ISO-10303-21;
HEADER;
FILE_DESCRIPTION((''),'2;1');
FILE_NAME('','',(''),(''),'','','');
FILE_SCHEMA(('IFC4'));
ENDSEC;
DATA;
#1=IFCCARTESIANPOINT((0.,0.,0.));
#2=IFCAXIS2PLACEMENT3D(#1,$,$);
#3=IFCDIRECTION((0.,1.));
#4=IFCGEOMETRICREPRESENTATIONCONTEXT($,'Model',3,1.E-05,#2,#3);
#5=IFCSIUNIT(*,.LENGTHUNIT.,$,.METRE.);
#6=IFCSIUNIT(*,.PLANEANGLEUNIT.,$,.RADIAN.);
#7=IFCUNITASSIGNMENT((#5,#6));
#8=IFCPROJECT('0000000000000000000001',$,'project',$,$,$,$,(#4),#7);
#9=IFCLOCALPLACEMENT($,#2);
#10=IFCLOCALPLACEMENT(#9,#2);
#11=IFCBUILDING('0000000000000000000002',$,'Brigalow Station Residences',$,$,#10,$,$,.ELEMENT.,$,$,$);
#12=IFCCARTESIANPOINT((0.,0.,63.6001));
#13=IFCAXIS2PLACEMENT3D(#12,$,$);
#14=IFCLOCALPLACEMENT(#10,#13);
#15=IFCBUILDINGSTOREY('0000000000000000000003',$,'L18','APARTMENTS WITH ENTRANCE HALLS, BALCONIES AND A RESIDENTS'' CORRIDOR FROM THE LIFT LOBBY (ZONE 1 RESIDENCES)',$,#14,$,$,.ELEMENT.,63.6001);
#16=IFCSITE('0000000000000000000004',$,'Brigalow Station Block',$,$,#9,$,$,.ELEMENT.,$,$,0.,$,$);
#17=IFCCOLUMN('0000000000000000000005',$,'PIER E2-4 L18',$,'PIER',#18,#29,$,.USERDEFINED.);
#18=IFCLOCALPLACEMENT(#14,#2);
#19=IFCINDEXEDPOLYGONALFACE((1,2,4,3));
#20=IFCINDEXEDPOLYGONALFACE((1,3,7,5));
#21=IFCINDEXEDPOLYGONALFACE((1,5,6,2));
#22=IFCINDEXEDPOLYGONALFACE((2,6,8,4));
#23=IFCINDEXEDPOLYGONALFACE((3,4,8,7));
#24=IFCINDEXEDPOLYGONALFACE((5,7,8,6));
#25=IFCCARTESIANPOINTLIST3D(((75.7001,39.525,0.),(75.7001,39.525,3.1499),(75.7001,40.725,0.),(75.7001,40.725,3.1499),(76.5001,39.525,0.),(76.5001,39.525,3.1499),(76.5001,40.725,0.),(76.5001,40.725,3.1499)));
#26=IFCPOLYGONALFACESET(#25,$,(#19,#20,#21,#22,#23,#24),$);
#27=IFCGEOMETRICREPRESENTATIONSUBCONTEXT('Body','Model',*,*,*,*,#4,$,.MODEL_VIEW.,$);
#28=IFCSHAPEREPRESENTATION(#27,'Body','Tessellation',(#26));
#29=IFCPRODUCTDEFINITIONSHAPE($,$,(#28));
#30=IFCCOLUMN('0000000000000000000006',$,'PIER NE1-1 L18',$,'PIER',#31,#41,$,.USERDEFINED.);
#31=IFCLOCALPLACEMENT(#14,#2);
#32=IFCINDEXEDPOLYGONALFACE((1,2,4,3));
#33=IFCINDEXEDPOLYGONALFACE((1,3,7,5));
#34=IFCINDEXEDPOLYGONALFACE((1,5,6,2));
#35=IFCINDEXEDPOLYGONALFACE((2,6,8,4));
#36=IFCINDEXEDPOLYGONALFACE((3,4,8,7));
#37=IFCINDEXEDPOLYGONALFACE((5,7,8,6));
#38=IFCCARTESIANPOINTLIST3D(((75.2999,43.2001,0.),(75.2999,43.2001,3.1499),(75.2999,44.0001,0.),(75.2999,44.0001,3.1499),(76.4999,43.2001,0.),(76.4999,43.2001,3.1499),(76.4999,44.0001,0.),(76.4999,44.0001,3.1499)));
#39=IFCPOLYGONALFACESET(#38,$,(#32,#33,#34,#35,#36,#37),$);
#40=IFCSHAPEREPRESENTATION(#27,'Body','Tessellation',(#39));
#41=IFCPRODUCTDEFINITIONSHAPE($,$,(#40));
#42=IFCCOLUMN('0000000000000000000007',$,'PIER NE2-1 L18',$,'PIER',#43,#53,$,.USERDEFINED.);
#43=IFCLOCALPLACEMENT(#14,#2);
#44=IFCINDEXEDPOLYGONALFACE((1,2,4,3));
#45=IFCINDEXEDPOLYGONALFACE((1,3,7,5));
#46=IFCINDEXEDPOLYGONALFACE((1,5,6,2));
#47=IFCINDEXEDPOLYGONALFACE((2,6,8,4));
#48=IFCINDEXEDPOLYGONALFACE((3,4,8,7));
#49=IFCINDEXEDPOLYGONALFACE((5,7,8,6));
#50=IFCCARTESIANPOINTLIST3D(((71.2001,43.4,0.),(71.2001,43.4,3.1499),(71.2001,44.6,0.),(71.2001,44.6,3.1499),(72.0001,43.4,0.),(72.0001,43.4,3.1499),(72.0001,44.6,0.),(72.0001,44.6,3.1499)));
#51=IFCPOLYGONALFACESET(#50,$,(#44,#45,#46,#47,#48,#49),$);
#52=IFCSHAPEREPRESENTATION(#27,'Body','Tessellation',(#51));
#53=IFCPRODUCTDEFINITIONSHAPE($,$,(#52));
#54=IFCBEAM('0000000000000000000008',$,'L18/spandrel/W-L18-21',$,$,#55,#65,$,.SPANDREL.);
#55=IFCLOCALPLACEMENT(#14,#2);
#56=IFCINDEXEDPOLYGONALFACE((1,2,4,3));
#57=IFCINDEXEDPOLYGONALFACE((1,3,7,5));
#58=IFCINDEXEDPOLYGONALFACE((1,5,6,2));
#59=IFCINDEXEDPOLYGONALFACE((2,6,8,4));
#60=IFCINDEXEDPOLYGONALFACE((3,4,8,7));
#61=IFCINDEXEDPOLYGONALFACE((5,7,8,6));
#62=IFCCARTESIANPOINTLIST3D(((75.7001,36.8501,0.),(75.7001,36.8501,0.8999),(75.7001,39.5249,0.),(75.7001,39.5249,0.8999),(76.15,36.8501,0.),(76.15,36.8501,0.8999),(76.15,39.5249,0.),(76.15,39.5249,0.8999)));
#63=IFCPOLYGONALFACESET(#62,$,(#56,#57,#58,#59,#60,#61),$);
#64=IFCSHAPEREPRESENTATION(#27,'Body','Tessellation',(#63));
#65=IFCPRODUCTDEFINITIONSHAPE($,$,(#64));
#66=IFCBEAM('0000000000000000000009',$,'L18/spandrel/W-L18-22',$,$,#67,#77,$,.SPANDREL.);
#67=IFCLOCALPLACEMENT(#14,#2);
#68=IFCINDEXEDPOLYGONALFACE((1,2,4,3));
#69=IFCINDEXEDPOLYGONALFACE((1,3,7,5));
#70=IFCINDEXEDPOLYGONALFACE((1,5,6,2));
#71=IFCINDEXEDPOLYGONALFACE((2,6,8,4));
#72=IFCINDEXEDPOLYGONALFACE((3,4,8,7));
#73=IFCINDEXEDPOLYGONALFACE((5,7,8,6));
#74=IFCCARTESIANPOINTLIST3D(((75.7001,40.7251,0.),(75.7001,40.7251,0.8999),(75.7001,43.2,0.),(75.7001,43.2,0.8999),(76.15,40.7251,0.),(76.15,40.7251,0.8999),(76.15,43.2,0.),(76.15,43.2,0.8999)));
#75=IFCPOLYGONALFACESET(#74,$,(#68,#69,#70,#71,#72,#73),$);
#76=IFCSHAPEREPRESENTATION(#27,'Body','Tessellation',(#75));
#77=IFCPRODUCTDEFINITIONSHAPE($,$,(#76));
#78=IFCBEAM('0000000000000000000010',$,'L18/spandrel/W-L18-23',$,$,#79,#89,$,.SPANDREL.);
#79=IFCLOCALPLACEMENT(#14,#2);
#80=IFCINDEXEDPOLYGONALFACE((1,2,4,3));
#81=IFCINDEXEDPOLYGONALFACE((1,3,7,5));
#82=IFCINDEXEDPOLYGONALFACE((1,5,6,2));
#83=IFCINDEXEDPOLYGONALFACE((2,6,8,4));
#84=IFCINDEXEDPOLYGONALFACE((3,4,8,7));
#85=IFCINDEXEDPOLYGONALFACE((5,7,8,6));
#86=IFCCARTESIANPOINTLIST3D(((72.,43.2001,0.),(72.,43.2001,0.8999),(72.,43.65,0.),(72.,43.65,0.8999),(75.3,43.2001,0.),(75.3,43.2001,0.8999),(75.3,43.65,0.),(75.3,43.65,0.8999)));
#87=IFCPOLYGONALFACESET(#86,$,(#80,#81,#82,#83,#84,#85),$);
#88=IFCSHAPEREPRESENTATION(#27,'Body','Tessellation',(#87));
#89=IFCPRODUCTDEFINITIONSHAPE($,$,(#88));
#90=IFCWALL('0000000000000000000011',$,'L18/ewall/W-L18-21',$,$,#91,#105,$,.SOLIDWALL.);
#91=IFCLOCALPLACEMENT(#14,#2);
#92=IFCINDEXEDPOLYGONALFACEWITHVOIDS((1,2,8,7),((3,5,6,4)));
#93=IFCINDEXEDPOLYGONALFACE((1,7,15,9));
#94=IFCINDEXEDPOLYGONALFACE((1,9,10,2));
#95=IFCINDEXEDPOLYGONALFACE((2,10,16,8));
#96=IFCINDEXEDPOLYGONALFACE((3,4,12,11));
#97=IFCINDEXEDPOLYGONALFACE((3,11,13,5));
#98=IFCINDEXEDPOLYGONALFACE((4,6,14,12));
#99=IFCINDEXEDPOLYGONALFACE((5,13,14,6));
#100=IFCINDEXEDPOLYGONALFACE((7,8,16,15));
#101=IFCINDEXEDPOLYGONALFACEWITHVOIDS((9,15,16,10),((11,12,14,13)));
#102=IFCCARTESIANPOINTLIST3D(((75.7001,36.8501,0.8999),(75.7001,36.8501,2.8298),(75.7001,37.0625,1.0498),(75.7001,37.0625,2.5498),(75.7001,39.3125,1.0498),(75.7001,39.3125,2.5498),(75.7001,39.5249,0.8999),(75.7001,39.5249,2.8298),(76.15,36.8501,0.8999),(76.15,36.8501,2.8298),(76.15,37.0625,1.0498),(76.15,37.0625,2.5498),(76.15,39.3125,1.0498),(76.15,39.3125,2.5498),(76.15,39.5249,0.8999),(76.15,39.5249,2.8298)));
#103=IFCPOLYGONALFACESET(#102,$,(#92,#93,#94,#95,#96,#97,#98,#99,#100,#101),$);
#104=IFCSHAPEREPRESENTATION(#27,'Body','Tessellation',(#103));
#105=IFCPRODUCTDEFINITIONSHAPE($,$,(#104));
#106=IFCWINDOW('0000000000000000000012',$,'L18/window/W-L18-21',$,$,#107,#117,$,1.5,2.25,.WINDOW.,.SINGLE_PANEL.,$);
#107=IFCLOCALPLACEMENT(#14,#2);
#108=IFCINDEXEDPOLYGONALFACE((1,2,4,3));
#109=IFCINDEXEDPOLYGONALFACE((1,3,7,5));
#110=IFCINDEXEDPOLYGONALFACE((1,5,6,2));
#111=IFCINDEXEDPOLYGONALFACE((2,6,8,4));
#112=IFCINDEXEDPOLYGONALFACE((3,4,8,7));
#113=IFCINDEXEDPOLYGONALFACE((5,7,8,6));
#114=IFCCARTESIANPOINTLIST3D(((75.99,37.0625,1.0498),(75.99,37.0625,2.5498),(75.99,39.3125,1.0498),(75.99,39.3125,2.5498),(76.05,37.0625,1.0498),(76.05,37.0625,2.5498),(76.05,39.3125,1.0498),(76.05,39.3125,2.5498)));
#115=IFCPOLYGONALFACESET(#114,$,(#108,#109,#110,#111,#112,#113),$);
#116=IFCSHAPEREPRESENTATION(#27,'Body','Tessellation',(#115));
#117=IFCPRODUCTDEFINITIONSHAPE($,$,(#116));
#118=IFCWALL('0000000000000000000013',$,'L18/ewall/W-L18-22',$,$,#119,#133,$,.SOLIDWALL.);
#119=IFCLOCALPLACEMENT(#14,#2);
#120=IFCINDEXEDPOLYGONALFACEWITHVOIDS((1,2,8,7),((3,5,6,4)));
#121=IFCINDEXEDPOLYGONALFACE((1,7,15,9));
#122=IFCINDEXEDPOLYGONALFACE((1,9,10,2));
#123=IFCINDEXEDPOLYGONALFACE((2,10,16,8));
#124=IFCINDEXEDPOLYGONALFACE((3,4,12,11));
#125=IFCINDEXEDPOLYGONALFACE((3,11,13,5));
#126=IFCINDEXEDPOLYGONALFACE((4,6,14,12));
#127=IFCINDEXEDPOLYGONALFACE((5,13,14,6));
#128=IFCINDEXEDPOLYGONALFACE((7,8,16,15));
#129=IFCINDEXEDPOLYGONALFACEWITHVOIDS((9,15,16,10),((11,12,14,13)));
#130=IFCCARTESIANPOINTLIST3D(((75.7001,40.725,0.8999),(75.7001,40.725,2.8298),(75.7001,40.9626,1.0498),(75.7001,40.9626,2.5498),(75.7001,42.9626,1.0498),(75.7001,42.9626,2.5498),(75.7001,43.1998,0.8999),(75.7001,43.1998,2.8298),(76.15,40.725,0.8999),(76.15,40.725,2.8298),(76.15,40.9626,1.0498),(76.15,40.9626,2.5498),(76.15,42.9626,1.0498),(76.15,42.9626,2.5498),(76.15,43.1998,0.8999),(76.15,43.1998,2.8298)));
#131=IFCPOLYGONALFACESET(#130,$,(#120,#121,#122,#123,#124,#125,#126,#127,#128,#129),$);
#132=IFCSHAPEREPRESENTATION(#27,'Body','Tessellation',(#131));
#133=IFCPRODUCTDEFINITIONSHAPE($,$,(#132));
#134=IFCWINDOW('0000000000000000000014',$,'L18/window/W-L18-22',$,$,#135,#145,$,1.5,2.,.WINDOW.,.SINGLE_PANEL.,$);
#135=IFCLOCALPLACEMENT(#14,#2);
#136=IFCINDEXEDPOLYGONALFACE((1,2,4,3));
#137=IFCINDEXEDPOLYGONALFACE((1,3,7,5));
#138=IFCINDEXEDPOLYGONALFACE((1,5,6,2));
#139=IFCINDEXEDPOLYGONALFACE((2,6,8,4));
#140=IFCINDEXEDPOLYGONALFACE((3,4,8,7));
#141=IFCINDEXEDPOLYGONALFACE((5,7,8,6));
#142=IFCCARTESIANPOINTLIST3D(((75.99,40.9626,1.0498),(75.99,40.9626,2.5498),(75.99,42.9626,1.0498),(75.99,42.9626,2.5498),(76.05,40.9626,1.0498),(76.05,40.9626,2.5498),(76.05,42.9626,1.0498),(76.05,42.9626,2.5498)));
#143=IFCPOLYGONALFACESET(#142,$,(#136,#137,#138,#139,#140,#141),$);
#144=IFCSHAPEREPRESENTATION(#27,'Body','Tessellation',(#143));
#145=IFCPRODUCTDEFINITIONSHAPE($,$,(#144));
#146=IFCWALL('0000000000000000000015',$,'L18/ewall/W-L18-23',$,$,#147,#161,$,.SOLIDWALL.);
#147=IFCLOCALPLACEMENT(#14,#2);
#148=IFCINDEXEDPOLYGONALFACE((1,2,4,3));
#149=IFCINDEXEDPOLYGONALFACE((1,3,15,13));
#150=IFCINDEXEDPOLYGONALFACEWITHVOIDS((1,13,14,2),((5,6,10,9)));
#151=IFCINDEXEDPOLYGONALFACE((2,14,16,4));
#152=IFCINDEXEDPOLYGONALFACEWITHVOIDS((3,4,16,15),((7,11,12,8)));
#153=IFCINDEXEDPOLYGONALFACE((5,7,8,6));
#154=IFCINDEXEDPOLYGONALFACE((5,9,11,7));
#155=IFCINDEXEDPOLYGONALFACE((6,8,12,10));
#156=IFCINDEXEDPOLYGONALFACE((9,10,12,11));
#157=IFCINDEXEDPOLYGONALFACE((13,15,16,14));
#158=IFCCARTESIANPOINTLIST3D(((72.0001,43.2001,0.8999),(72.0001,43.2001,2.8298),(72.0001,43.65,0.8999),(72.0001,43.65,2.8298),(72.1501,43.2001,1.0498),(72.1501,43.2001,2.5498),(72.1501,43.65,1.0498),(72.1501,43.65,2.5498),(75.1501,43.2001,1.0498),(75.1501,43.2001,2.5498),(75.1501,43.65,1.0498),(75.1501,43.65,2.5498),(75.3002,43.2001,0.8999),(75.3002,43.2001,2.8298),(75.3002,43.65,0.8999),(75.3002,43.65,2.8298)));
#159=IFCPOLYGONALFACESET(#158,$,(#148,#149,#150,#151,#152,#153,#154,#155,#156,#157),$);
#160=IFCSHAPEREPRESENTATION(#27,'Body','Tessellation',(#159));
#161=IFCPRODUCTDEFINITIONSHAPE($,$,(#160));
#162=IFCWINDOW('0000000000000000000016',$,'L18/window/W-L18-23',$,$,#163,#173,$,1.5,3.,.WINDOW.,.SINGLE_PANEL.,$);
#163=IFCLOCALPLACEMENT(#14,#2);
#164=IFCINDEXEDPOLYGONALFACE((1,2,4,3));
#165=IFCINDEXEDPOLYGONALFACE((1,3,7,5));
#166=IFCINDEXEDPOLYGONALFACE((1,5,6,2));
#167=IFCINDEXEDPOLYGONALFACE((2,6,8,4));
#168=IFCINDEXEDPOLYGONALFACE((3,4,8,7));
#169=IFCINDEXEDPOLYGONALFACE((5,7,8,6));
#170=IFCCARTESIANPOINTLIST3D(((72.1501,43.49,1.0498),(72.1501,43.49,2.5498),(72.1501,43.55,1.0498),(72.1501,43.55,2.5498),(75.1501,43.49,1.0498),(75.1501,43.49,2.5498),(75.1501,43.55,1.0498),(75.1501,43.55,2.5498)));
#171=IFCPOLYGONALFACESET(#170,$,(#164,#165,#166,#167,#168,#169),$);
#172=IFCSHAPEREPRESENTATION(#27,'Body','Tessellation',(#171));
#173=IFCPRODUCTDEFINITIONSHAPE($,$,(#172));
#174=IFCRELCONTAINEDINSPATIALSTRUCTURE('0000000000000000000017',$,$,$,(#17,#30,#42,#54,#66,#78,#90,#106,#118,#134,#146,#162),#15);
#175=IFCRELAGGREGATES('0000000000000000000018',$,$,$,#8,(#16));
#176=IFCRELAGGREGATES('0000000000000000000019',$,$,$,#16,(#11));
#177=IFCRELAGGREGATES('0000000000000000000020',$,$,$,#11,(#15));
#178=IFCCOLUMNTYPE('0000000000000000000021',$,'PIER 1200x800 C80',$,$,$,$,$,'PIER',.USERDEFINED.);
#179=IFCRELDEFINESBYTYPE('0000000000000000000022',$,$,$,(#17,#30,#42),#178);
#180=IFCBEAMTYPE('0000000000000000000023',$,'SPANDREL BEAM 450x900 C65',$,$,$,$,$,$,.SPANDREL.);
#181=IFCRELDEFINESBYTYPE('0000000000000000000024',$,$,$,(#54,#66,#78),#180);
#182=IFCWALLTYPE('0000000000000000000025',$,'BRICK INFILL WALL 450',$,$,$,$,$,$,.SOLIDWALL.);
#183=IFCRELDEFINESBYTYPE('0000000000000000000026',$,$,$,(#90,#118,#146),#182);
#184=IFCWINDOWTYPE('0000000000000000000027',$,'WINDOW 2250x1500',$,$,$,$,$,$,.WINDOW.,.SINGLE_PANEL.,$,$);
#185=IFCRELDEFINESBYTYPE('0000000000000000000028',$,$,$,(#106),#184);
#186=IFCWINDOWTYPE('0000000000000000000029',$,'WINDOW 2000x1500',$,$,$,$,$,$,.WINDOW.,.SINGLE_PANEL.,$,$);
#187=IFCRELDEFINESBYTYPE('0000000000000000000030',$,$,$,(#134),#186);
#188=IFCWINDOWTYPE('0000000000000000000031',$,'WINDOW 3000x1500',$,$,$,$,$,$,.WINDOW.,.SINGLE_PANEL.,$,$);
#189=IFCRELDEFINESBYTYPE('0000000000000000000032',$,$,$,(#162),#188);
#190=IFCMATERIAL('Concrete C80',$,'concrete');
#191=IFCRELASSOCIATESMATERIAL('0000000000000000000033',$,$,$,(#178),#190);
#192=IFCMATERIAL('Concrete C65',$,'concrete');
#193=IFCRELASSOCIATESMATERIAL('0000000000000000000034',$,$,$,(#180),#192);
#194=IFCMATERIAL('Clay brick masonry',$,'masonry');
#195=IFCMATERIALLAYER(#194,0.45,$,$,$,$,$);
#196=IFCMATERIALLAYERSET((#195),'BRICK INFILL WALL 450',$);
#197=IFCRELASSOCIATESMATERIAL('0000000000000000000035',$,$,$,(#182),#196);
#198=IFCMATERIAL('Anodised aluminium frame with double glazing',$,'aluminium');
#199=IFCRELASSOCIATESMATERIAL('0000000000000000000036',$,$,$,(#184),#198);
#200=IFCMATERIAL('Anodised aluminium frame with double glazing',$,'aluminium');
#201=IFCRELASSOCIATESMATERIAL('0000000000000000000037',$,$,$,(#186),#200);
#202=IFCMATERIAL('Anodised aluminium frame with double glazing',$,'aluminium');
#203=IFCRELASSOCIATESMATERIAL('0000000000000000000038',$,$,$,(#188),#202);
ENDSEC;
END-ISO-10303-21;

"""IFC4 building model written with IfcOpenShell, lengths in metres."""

from ifc_helpers import new_model, si_unit, direction, frame, frame_2d, origin, origin_2d, place, context, subcontext, project, spatial, rectangle, extrude, material, layer, layer_set, material_profile, profile_set, type_object, element, fill, save


model = new_model("IFC4")

# Units and contexts
model_context = context("Model", 3, precision=1e-05, world=origin(), true_north=direction((0.0, 1.0)))
body_context = subcontext(model_context, "Body", "Model", "MODEL_VIEW")
ifc_project = project(units=[si_unit("LENGTHUNIT", "METRE"), si_unit("PLANEANGLEUNIT", "RADIAN")], contexts=[model_context])

# Site, building, storey
site_placement = place(None, origin())
site = spatial("IfcSite", under=ifc_project, at=site_placement, Name="Brigalow Station Block", CompositionType="ELEMENT", RefElevation=0.0)
building_placement = place(site_placement, origin())
building = spatial("IfcBuilding", under=site, at=building_placement, Name="Brigalow Station Residences", CompositionType="ELEMENT")
storey_placement = place(building_placement, frame((0.0, 0.0, 63.6001)))
storey = spatial("IfcBuildingStorey", under=building, at=storey_placement, Name="L18", Description="APARTMENTS WITH ENTRANCE HALLS, BALCONIES AND A RESIDENTS' CORRIDOR FROM THE LIFT LOBBY (ZONE 1 RESIDENCES)", CompositionType="ELEMENT", Elevation=63.6001)

# Columns
ifc_material_1 = material(Name="Concrete C80", Category="concrete")
ifc_material_profile_1 = material_profile(ifc_material_1, rectangle(XDim=1.2, YDim=0.8, at=origin_2d()), Name="RC1200x800")
ifc_profile_set_1 = profile_set([ifc_material_profile_1], Name="Concrete C80")
column_type = type_object("IfcColumnType", Name="PIER 1200x800 C80", ElementType="PIER", PredefinedType="USERDEFINED", material=ifc_profile_set_1)
for number, where, z_axis, x_axis, name in (
    (1, (76.1001, 40.125, 0.0), (0.0, 0.0, 1.0), (0.0, 1.0, 0.0), "PIER E2-4 L18"),
    (2, (75.8999, 43.6001, 0.0), (0.0, 0.0, 1.0), (-1.0, 0.0, 0.0), "PIER NE1-1 L18"),
    (3, (71.6001, 44.0, 0.0), (0.0, 0.0, 1.0), (0.0, 1.0, 0.0), "PIER NE2-1 L18"),
):
    element("IfcColumn", number, at=place(storey_placement, frame(where, z_axis=z_axis, x_axis=x_axis)), inside=storey, type_object=column_type, Name=name, ObjectType="PIER", PredefinedType="USERDEFINED", context=body_context, shape_type="SweptSolid", body=[
        extrude(rectangle(XDim=1.2, YDim=0.8, at=origin_2d()), origin(), (0.0, 0.0, 1.0), 3.1499),
    ])

# Beams
ifc_material_2 = material(Name="Concrete C65", Category="concrete")
ifc_material_profile_2 = material_profile(ifc_material_2, rectangle(XDim=0.45, YDim=0.8999, at=origin_2d()), Name="RC450x900")
ifc_profile_set_2 = profile_set([ifc_material_profile_2], Name="Concrete C65")
beam_type = type_object("IfcBeamType", Name="SPANDREL BEAM 450x900 C65", PredefinedType="SPANDREL", material=ifc_profile_set_2)
beam_1_placement = place(storey_placement, frame((75.925, 36.8501, 0.45), z_axis=(0.0, 1.0, 0.0), x_axis=(-1.0, 0.0, 0.0)))
element("IfcBeam", 4, at=beam_1_placement, inside=storey, type_object=beam_type, Name="L18/spandrel/W-L18-21", PredefinedType="SPANDREL", context=body_context, shape_type="SweptSolid", body=[
    extrude(rectangle(XDim=0.45, YDim=0.8999, at=origin_2d()), origin(), (0.0, 0.0, 1.0), 2.6748),
])
beam_2_placement = place(storey_placement, frame((75.925, 40.7251, 0.45), z_axis=(0.0, 1.0, 0.0), x_axis=(-1.0, 0.0, 0.0)))
element("IfcBeam", 5, at=beam_2_placement, inside=storey, type_object=beam_type, Name="L18/spandrel/W-L18-22", PredefinedType="SPANDREL", context=body_context, shape_type="SweptSolid", body=[
    extrude(rectangle(XDim=0.45, YDim=0.8999, at=origin_2d()), origin(), (0.0, 0.0, 1.0), 2.4749),
])
beam_3_placement = place(storey_placement, frame((75.3, 43.425, 0.45), z_axis=(-1.0, 0.0, 0.0), x_axis=(0.0, -1.0, 0.0)))
element("IfcBeam", 6, at=beam_3_placement, inside=storey, type_object=beam_type, Name="L18/spandrel/W-L18-23", PredefinedType="SPANDREL", context=body_context, shape_type="SweptSolid", body=[
    extrude(rectangle(XDim=0.45, YDim=0.8999, at=origin_2d()), origin(), (0.0, 0.0, 1.0), 3.3),
])

# Walls, openings, windows
ifc_material_3 = material(Name="Clay brick masonry", Category="masonry")
ifc_layer_1 = layer(ifc_material_3, 0.45)
ifc_layer_set_1 = layer_set([ifc_layer_1], Name="BRICK INFILL WALL 450")
wall_type_1 = type_object("IfcWallType", Name="BRICK INFILL WALL 450", PredefinedType="SOLIDWALL", material=ifc_layer_set_1)
wall_1_placement = place(storey_placement, frame((75.925, 36.8501, 0.8999), z_axis=(0.0, 0.0, 1.0), x_axis=(0.0, 1.0, 0.0)))
wall_1 = element("IfcWall", 7, at=wall_1_placement, inside=storey, type_object=wall_type_1, Name="L18/ewall/W-L18-21", PredefinedType="SOLIDWALL", context=body_context, shape_type="SweptSolid", body=[
    extrude(rectangle(XDim=2.6748, YDim=0.45, at=frame_2d((1.3374, 0.0))), origin(), (0.0, 0.0, 1.0), 1.9299),
])
opening_1_placement = place(wall_1_placement, frame((0.2124, 0.0, 0.1499)))
opening_1 = element("IfcOpeningElement", 8, at=opening_1_placement, cuts=wall_1, PredefinedType="OPENING", context=body_context, shape_type="SweptSolid", body=[
    extrude(rectangle(XDim=2.25, YDim=1.5, at=frame_2d((1.125, 0.75))), frame((0.0, 0.2349, 0.0), z_axis=(0.0, -1.0, 0.0), x_axis=(1.0, 0.0, 0.0)), (0.0, 0.0, 1.0), 0.47),
])
ifc_material_4 = material(Name="Anodised aluminium frame with double glazing", Category="aluminium")
window_type_1 = type_object("IfcWindowType", Name="WINDOW 2250x1500", PartitioningType="SINGLE_PANEL", PredefinedType="WINDOW", material=ifc_material_4)
window_1_placement = place(opening_1_placement, origin())
window_1 = element("IfcWindow", 9, at=window_1_placement, inside=storey, type_object=window_type_1, Name="L18/window/W-L18-21", OverallHeight=1.5, OverallWidth=2.25, PartitioningType="SINGLE_PANEL", PredefinedType="WINDOW", context=body_context, shape_type="SweptSolid", body=[
    extrude(rectangle(XDim=2.25, YDim=1.5, at=frame_2d((1.125, 0.75))), frame((0.0, -0.0649, 0.0), z_axis=(0.0, -1.0, 0.0), x_axis=(1.0, 0.0, 0.0)), (0.0, 0.0, 1.0), 0.0601),
])
fill(opening_1, window_1)
wall_2_placement = place(storey_placement, frame((75.925, 40.7251, 0.8999), z_axis=(0.0, 0.0, 1.0), x_axis=(0.0, 1.0, 0.0)))
wall_2 = element("IfcWall", 10, at=wall_2_placement, inside=storey, type_object=wall_type_1, Name="L18/ewall/W-L18-22", PredefinedType="SOLIDWALL", context=body_context, shape_type="SweptSolid", body=[
    extrude(rectangle(XDim=2.4749, YDim=0.45, at=frame_2d((1.2373, 0.0))), origin(), (0.0, 0.0, 1.0), 1.9299),
])
opening_2_placement = place(wall_2_placement, frame((0.2375, 0.0, 0.1499)))
opening_2 = element("IfcOpeningElement", 11, at=opening_2_placement, cuts=wall_2, PredefinedType="OPENING", context=body_context, shape_type="SweptSolid", body=[
    extrude(rectangle(XDim=2.0, YDim=1.5, at=frame_2d((1.0, 0.75))), frame((0.0, 0.2349, 0.0), z_axis=(0.0, -1.0, 0.0), x_axis=(1.0, 0.0, 0.0)), (0.0, 0.0, 1.0), 0.47),
])
ifc_material_5 = material(Name="Anodised aluminium frame with double glazing", Category="aluminium")
window_type_2 = type_object("IfcWindowType", Name="WINDOW 2000x1500", PartitioningType="SINGLE_PANEL", PredefinedType="WINDOW", material=ifc_material_5)
window_2_placement = place(opening_2_placement, origin())
window_2 = element("IfcWindow", 12, at=window_2_placement, inside=storey, type_object=window_type_2, Name="L18/window/W-L18-22", OverallHeight=1.5, OverallWidth=2.0, PartitioningType="SINGLE_PANEL", PredefinedType="WINDOW", context=body_context, shape_type="SweptSolid", body=[
    extrude(rectangle(XDim=2.0, YDim=1.5, at=frame_2d((1.0, 0.75))), frame((0.0, -0.0649, 0.0), z_axis=(0.0, -1.0, 0.0), x_axis=(1.0, 0.0, 0.0)), (0.0, 0.0, 1.0), 0.0601),
])
fill(opening_2, window_2)
wall_3_placement = place(storey_placement, frame((75.3, 43.425, 0.8999), z_axis=(0.0, 0.0, 1.0), x_axis=(-1.0, 0.0, 0.0)))
wall_3 = element("IfcWall", 13, at=wall_3_placement, inside=storey, type_object=wall_type_1, Name="L18/ewall/W-L18-23", PredefinedType="SOLIDWALL", context=body_context, shape_type="SweptSolid", body=[
    extrude(rectangle(XDim=3.3, YDim=0.45, at=frame_2d((1.6499, 0.0))), origin(), (0.0, 0.0, 1.0), 1.9299),
])
opening_3_placement = place(wall_3_placement, frame((0.1499, 0.0, 0.1499)))
opening_3 = element("IfcOpeningElement", 14, at=opening_3_placement, cuts=wall_3, PredefinedType="OPENING", context=body_context, shape_type="SweptSolid", body=[
    extrude(rectangle(XDim=3.0, YDim=1.5, at=frame_2d((1.5, 0.75))), frame((0.0, 0.2349, 0.0), z_axis=(0.0, -1.0, 0.0), x_axis=(1.0, 0.0, 0.0)), (0.0, 0.0, 1.0), 0.47),
])
ifc_material_6 = material(Name="Anodised aluminium frame with double glazing", Category="aluminium")
window_type_3 = type_object("IfcWindowType", Name="WINDOW 3000x1500", PartitioningType="SINGLE_PANEL", PredefinedType="WINDOW", material=ifc_material_6)
window_3_placement = place(opening_3_placement, origin())
window_3 = element("IfcWindow", 15, at=window_3_placement, inside=storey, type_object=window_type_3, Name="L18/window/W-L18-23", OverallHeight=1.5, OverallWidth=3.0, PartitioningType="SINGLE_PANEL", PredefinedType="WINDOW", context=body_context, shape_type="SweptSolid", body=[
    extrude(rectangle(XDim=3.0, YDim=1.5, at=frame_2d((1.5, 0.75))), frame((0.0, -0.0649, 0.0), z_axis=(0.0, -1.0, 0.0), x_axis=(1.0, 0.0, 0.0)), (0.0, 0.0, 1.0), 0.0601),
])
fill(opening_3, window_3)

save(model, "model.ifc")
